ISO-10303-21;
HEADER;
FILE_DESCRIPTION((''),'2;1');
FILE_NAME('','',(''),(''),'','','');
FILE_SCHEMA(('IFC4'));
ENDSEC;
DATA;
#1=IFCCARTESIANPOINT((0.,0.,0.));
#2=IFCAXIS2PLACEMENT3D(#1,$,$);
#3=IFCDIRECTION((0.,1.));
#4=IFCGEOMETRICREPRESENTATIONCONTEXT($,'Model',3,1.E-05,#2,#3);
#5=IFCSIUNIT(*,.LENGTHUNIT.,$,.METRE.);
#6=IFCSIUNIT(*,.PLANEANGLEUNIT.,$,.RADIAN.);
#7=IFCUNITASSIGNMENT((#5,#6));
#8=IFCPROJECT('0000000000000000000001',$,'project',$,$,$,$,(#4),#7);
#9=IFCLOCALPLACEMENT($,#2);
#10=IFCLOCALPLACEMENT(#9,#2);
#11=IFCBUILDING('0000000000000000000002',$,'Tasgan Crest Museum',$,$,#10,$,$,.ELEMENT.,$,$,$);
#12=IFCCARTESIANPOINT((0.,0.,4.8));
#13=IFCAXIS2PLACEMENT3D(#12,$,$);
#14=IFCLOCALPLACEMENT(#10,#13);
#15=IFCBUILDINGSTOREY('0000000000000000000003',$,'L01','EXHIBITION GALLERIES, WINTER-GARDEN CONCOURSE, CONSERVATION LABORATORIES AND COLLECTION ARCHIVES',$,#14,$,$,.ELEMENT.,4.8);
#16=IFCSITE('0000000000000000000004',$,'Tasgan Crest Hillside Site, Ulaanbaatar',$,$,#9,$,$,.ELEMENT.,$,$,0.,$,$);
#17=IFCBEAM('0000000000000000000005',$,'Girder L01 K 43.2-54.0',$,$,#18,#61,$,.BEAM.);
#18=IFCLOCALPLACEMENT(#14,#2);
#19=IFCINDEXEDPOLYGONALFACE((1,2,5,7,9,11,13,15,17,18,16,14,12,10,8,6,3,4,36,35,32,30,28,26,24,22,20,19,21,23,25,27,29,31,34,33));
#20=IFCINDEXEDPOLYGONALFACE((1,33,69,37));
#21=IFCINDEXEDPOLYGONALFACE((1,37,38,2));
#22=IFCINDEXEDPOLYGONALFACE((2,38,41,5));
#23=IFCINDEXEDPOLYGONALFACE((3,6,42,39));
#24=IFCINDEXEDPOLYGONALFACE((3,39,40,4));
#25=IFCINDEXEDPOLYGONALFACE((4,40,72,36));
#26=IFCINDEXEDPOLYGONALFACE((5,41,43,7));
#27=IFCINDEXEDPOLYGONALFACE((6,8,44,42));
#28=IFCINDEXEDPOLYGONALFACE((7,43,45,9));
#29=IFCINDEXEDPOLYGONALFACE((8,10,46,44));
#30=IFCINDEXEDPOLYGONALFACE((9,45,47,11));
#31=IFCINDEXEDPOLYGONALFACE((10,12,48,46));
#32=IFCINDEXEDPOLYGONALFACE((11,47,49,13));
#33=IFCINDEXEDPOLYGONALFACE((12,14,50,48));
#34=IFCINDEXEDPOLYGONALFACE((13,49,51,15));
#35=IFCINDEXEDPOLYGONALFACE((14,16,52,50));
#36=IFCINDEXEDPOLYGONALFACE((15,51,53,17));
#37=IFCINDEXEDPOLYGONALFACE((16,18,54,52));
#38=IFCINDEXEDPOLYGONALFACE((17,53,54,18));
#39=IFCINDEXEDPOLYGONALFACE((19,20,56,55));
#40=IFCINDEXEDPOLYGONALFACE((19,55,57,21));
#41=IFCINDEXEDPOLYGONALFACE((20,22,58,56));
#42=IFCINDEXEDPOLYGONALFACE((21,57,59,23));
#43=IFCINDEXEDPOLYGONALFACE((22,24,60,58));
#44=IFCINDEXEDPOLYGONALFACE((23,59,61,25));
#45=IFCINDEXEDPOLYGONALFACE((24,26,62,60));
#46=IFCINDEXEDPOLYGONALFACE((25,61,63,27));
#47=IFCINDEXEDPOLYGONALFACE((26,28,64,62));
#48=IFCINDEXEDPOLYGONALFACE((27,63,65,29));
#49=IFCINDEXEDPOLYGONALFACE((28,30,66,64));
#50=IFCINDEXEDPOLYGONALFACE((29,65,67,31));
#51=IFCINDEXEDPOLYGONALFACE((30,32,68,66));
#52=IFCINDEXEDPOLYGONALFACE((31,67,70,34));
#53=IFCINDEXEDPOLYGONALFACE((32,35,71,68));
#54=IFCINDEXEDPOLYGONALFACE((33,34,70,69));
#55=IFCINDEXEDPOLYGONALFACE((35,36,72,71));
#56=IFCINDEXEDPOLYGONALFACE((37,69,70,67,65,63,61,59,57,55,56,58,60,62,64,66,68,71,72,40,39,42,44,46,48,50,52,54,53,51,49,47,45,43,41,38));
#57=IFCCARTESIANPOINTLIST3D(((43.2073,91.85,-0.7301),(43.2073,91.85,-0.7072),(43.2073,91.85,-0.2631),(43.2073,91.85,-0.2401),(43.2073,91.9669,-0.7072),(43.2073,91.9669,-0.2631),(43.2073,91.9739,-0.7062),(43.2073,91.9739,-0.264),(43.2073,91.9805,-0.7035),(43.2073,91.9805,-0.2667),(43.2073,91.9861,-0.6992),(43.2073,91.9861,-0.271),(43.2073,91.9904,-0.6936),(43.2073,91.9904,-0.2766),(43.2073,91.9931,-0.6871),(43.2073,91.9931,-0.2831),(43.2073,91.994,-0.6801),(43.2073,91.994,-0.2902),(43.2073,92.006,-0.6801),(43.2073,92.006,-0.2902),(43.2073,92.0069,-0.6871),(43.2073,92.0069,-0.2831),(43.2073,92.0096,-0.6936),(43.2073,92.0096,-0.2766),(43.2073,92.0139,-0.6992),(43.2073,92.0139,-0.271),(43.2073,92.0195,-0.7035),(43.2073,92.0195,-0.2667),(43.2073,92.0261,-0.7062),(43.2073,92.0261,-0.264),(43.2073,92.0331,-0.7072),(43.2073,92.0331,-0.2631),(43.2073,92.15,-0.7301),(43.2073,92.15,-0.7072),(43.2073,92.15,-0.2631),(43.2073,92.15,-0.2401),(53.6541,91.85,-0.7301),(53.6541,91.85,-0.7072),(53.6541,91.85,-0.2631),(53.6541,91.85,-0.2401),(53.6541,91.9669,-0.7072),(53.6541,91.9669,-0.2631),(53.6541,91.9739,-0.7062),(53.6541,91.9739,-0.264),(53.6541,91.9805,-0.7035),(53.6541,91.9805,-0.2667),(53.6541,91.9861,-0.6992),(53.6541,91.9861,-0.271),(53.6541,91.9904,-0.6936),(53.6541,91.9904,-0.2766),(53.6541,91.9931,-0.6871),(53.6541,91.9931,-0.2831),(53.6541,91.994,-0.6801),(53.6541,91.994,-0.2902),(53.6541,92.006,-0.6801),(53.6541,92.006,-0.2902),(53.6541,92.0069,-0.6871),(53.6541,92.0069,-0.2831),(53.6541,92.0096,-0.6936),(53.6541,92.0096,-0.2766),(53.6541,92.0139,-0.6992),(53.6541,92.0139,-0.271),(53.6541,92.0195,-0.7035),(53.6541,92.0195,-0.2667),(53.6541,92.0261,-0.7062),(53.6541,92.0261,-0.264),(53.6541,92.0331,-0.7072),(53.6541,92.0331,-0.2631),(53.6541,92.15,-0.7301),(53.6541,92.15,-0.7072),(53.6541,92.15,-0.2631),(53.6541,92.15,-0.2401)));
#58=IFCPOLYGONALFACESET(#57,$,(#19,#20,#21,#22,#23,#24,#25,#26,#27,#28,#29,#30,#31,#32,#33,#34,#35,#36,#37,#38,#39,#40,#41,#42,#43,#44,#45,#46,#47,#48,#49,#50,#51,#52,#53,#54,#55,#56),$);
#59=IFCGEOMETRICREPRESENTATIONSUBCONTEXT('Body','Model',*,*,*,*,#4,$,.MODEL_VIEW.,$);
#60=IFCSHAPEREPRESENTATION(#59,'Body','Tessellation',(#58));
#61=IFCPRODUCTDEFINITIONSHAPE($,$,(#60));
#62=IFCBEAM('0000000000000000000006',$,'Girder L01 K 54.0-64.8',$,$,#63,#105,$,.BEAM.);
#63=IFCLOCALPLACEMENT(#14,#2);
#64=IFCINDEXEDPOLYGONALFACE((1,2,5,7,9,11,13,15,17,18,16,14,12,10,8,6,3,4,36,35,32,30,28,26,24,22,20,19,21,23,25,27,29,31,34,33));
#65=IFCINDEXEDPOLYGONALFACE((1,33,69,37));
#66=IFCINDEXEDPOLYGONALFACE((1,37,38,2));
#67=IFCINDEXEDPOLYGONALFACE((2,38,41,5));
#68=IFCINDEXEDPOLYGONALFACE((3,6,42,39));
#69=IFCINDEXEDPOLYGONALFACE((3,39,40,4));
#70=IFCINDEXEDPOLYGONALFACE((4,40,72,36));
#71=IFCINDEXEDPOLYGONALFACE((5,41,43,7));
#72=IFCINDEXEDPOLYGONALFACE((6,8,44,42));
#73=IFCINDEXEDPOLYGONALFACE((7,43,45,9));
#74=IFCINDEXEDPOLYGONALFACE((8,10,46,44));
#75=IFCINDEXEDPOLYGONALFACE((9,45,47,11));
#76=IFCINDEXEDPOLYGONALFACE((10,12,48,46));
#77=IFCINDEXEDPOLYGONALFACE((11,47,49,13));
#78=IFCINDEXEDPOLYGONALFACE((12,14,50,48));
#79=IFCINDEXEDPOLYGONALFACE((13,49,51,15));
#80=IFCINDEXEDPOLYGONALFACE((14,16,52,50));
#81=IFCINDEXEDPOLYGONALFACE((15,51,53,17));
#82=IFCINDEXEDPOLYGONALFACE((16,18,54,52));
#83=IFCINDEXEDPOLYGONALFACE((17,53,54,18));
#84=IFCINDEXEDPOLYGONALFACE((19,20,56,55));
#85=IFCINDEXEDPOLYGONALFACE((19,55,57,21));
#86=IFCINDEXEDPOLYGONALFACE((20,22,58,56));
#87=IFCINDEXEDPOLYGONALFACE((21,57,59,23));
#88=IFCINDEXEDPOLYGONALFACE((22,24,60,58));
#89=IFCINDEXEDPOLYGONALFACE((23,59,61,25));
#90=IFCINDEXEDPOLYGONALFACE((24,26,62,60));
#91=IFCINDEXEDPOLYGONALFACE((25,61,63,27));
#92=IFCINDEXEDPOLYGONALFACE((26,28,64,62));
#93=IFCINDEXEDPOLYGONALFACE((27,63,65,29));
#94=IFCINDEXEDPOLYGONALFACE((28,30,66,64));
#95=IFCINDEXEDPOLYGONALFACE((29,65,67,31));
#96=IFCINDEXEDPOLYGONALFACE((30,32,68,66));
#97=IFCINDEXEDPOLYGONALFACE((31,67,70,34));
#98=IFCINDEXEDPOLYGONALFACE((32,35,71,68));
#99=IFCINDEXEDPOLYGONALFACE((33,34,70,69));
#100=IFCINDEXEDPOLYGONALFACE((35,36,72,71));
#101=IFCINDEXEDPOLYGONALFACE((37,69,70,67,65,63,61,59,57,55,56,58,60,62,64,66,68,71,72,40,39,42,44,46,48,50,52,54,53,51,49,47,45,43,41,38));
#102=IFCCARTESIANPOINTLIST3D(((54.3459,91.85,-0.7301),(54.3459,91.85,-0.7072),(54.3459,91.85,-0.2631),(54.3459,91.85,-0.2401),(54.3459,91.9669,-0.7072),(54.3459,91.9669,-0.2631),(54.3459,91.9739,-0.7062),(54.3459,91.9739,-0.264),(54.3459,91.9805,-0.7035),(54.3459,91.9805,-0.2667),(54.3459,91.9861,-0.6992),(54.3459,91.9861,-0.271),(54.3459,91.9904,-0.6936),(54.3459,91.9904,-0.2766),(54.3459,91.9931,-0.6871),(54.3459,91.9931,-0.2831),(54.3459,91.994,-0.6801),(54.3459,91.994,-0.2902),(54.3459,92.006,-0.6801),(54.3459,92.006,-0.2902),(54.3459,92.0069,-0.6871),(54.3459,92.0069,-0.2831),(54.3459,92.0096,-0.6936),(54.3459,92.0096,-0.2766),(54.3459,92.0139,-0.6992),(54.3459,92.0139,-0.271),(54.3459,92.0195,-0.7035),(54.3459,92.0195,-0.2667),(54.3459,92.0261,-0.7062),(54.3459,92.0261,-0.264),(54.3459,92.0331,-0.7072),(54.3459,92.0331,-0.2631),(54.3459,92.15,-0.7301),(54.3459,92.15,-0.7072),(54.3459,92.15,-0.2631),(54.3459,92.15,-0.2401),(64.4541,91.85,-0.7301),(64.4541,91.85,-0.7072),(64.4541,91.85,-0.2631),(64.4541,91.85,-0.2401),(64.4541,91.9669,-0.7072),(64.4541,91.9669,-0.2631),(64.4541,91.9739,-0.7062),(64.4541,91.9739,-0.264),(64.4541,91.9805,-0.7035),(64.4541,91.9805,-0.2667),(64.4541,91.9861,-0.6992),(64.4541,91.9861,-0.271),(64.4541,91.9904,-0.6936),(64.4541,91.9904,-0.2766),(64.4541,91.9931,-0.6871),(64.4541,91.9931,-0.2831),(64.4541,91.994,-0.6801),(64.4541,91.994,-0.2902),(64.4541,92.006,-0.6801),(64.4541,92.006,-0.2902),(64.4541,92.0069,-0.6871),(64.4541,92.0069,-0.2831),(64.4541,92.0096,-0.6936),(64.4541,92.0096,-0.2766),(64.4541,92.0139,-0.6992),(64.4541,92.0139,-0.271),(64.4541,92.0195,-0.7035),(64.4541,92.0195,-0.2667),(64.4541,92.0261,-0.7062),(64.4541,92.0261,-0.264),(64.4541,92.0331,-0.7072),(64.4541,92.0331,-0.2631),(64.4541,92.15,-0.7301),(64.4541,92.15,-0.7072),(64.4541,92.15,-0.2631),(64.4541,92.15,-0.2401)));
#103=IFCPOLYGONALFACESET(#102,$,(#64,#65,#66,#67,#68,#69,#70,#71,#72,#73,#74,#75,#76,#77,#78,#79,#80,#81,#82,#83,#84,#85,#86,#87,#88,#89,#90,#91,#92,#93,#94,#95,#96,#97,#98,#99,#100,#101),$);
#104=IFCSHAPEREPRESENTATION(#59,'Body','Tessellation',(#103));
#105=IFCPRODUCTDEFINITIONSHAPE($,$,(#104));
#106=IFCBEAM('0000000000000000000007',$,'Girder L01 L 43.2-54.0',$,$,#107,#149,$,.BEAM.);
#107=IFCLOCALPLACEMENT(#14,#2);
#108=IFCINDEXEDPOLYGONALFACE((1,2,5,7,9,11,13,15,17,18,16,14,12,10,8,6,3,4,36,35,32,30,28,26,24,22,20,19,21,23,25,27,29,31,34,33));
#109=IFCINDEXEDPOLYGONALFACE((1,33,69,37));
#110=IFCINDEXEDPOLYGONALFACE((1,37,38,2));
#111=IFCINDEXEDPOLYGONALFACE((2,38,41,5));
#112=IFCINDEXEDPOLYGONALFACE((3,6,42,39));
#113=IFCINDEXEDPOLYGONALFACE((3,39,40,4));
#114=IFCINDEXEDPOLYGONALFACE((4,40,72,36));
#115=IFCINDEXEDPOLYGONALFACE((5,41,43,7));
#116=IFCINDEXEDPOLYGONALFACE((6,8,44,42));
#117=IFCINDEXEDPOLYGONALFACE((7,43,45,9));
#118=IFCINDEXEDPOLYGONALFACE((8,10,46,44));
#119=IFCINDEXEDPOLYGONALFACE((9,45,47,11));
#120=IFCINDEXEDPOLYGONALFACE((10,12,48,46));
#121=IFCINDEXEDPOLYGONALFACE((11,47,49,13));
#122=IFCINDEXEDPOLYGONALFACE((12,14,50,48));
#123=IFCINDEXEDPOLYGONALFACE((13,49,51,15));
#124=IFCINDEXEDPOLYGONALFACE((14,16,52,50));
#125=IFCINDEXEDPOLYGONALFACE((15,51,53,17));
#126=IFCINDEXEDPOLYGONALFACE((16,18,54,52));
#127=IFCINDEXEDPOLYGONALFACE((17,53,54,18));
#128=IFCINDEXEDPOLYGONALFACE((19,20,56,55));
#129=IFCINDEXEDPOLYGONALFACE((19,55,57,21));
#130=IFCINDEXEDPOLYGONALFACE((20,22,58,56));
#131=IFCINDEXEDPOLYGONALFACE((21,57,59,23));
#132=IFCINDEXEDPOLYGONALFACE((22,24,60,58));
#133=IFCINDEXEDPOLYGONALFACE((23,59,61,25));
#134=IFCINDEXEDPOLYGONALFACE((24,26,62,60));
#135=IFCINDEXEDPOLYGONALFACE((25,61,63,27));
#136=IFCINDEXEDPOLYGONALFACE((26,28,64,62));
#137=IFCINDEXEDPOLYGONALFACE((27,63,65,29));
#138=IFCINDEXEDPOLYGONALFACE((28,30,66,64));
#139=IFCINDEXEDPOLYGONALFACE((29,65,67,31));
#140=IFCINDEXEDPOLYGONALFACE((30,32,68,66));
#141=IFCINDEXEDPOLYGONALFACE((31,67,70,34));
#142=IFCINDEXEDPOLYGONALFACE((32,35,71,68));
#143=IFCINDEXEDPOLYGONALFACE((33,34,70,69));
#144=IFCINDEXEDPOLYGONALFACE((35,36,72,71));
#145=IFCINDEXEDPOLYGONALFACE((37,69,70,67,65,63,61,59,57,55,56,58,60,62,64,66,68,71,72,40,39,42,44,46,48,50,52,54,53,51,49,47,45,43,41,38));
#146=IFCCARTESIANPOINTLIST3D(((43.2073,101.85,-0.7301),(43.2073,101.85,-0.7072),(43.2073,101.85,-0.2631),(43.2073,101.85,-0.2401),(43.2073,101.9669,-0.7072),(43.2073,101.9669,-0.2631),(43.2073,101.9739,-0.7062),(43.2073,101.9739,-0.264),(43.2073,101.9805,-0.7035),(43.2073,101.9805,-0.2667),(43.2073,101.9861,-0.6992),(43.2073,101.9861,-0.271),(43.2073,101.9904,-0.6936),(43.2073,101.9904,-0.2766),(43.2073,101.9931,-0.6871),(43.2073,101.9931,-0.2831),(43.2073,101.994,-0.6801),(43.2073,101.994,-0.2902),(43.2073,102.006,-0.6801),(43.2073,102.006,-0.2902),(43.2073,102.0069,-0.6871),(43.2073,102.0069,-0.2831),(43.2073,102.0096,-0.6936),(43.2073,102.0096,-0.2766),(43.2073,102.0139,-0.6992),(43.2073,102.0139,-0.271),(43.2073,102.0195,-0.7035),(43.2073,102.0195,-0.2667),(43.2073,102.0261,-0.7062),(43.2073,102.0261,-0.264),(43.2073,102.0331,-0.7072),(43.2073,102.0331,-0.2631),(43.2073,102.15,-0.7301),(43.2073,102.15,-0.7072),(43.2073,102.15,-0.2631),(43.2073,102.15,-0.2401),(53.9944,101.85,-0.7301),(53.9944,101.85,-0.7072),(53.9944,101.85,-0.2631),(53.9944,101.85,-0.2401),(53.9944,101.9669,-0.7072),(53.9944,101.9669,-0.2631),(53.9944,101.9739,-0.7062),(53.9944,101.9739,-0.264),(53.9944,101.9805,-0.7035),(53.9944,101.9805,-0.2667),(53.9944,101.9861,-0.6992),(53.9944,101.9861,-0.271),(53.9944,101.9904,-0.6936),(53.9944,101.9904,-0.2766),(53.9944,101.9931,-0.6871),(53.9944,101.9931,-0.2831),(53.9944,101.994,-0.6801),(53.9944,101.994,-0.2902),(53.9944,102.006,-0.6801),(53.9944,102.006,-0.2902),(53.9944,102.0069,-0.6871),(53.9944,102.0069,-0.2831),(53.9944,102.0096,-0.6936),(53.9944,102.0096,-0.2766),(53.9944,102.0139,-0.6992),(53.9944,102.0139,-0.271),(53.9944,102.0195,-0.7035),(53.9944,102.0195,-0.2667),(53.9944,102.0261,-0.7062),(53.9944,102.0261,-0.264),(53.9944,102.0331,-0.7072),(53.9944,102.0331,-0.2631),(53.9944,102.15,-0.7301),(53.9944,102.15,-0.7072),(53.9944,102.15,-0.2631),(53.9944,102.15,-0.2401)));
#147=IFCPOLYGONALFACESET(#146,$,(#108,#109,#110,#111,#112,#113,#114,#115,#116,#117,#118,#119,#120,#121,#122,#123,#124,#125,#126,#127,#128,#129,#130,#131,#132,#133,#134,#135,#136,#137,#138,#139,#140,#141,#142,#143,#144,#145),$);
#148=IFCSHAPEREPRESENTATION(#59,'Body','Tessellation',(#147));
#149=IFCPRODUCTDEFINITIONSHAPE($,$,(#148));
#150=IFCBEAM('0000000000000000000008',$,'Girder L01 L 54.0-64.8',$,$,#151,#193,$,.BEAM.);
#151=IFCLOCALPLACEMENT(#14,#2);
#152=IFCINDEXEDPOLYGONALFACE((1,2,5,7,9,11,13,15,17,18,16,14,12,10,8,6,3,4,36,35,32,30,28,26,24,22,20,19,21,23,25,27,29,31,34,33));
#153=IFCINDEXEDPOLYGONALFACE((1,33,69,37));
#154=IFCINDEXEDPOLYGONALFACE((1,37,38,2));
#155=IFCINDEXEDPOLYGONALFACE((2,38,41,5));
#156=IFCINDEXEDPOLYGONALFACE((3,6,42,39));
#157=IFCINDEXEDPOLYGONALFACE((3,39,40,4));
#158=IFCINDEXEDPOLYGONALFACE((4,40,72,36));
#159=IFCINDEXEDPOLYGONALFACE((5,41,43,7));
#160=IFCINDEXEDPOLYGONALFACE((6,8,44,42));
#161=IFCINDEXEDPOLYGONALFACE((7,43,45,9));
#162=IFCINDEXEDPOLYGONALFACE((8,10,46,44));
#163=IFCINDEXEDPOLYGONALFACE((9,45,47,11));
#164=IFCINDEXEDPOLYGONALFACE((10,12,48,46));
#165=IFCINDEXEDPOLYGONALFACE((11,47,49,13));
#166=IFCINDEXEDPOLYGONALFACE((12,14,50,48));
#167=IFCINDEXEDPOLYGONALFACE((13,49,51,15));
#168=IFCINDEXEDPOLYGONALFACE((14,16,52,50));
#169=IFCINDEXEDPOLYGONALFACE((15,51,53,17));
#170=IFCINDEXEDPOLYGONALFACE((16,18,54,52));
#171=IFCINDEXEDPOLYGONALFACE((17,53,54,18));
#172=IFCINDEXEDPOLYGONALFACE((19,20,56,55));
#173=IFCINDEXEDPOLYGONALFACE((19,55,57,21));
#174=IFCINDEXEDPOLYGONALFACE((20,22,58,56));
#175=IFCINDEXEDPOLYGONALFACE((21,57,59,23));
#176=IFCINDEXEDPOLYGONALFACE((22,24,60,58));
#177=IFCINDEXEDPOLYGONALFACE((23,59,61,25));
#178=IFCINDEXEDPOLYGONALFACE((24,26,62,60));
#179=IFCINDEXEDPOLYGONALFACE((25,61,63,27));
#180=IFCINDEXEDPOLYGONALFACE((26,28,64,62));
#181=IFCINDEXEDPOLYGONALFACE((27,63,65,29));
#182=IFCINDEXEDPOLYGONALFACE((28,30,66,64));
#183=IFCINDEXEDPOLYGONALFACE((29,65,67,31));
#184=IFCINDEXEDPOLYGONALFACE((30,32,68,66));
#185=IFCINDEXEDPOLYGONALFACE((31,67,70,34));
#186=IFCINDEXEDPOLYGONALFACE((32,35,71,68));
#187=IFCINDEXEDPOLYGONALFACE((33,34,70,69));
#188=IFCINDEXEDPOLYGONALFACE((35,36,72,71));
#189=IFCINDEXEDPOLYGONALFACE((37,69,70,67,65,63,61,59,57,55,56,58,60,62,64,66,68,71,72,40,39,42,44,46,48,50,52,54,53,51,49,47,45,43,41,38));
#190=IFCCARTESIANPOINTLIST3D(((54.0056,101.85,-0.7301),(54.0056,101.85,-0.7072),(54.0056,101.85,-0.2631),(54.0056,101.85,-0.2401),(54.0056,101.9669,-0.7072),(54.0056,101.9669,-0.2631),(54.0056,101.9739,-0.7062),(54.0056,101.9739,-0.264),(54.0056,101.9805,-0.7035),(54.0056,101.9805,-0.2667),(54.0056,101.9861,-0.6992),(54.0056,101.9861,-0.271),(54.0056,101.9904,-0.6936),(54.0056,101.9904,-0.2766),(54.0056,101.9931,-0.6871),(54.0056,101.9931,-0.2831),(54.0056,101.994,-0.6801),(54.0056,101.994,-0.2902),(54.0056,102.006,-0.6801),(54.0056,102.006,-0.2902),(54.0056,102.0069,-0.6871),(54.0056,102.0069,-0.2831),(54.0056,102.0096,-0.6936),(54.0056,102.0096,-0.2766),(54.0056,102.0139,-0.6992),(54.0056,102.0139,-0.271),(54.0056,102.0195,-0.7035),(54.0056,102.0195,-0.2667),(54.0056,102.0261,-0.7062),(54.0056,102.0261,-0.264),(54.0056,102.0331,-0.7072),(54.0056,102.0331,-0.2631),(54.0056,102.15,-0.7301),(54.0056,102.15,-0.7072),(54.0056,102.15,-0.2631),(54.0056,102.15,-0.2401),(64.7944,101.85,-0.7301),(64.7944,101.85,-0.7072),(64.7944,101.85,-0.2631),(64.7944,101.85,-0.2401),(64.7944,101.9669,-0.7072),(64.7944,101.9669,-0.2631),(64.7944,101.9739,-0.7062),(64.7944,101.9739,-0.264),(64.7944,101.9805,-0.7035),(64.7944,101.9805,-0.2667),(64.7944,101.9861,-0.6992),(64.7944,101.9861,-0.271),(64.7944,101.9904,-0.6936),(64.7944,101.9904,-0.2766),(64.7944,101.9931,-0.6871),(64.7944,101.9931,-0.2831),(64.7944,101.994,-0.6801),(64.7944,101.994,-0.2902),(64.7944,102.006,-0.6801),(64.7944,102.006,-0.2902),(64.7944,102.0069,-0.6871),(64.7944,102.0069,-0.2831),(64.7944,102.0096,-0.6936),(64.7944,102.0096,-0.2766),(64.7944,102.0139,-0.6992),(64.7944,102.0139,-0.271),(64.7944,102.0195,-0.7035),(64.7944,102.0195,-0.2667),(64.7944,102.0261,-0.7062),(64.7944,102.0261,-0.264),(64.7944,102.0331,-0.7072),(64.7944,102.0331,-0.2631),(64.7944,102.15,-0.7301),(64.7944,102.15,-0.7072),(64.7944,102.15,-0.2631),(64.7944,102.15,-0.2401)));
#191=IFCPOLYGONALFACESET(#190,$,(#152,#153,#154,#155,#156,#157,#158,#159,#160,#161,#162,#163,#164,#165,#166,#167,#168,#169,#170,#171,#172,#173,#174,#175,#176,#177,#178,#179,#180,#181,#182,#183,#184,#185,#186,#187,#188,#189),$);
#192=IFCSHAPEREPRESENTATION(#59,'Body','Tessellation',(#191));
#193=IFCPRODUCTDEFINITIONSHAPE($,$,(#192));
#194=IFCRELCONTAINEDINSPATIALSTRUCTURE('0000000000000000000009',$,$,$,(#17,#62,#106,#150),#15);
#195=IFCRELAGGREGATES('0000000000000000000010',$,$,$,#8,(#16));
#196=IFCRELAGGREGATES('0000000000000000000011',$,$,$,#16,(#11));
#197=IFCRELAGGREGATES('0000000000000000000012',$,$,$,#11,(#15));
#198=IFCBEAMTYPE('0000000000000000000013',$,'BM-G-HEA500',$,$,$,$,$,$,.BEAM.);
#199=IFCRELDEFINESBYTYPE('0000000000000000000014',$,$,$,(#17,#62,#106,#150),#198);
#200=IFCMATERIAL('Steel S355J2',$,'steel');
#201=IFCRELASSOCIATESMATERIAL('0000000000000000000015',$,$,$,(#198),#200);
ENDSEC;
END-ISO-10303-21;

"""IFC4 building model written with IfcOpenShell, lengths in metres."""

from ifc_helpers import new_model, si_unit, direction, frame, origin, origin_2d, place, context, subcontext, project, spatial, i_section, extrude, material, material_profile, profile_set, type_object, element, save


model = new_model("IFC4")

# Units and contexts
model_context = context("Model", 3, precision=1e-05, world=origin(), true_north=direction((0.0, 1.0)))
body_context = subcontext(model_context, "Body", "Model", "MODEL_VIEW")
ifc_project = project(units=[si_unit("LENGTHUNIT", "METRE"), si_unit("PLANEANGLEUNIT", "RADIAN")], contexts=[model_context])

# Site, building, storey
site_placement = place(None, origin())
site = spatial("IfcSite", under=ifc_project, at=site_placement, Name="Tasgan Crest Hillside Site, Ulaanbaatar", CompositionType="ELEMENT", RefElevation=0.0)
building_placement = place(site_placement, origin())
building = spatial("IfcBuilding", under=site, at=building_placement, Name="Tasgan Crest Museum", CompositionType="ELEMENT")
storey_placement = place(building_placement, frame((0.0, 0.0, 4.8)))
storey = spatial("IfcBuildingStorey", under=building, at=storey_placement, Name="L01", Description="EXHIBITION GALLERIES, WINTER-GARDEN CONCOURSE, CONSERVATION LABORATORIES AND COLLECTION ARCHIVES", CompositionType="ELEMENT", Elevation=4.8)

# Beams
ifc_material_1 = material(Name="Steel S355J2", Category="steel")
ifc_material_profile_1 = material_profile(ifc_material_1, i_section(OverallWidth=0.3, OverallDepth=0.49, WebThickness=0.012, FlangeThickness=0.0229, FilletRadius=0.0271, at=origin_2d()), Name="HEA 500")
ifc_profile_set_1 = profile_set([ifc_material_profile_1], Name="Steel S355J2")
beam_type_1 = type_object("IfcBeamType", Name="BM-G-HEA500", PredefinedType="BEAM", material=ifc_profile_set_1)
beam_1_placement = place(storey_placement, frame((43.2073, 92.0, -0.4851), z_axis=(1.0, 0.0, 0.0), x_axis=(0.0, 1.0, 0.0)))
element("IfcBeam", 1, at=beam_1_placement, inside=storey, type_object=beam_type_1, Name="Girder L01 K 43.2-54.0", PredefinedType="BEAM", context=body_context, shape_type="SweptSolid", body=[
    extrude(i_section(OverallWidth=0.3, OverallDepth=0.49, WebThickness=0.012, FlangeThickness=0.0229, FilletRadius=0.0271, at=origin_2d()), origin(), (0.0, 0.0, 1.0), 10.4468),
])
beam_2_placement = place(storey_placement, frame((54.3459, 92.0, -0.4851), z_axis=(1.0, 0.0, 0.0), x_axis=(0.0, 1.0, 0.0)))
element("IfcBeam", 2, at=beam_2_placement, inside=storey, type_object=beam_type_1, Name="Girder L01 K 54.0-64.8", PredefinedType="BEAM", context=body_context, shape_type="SweptSolid", body=[
    extrude(i_section(OverallWidth=0.3, OverallDepth=0.49, WebThickness=0.012, FlangeThickness=0.0229, FilletRadius=0.0271, at=origin_2d()), origin(), (0.0, 0.0, 1.0), 10.1082),
])
beam_3_placement = place(storey_placement, frame((43.2073, 102.0, -0.4851), z_axis=(1.0, 0.0, 0.0), x_axis=(0.0, 1.0, 0.0)))
element("IfcBeam", 3, at=beam_3_placement, inside=storey, type_object=beam_type_1, Name="Girder L01 L 43.2-54.0", PredefinedType="BEAM", context=body_context, shape_type="SweptSolid", body=[
    extrude(i_section(OverallWidth=0.3, OverallDepth=0.49, WebThickness=0.012, FlangeThickness=0.0229, FilletRadius=0.0271, at=origin_2d()), origin(), (0.0, 0.0, 1.0), 10.7871),
])
beam_4_placement = place(storey_placement, frame((54.0056, 102.0, -0.4851), z_axis=(1.0, 0.0, 0.0), x_axis=(0.0, 1.0, 0.0)))
element("IfcBeam", 4, at=beam_4_placement, inside=storey, type_object=beam_type_1, Name="Girder L01 L 54.0-64.8", PredefinedType="BEAM", context=body_context, shape_type="SweptSolid", body=[
    extrude(i_section(OverallWidth=0.3, OverallDepth=0.49, WebThickness=0.012, FlangeThickness=0.0229, FilletRadius=0.0271, at=origin_2d()), origin(), (0.0, 0.0, 1.0), 10.7888),
])

save(model, "model.ifc")
